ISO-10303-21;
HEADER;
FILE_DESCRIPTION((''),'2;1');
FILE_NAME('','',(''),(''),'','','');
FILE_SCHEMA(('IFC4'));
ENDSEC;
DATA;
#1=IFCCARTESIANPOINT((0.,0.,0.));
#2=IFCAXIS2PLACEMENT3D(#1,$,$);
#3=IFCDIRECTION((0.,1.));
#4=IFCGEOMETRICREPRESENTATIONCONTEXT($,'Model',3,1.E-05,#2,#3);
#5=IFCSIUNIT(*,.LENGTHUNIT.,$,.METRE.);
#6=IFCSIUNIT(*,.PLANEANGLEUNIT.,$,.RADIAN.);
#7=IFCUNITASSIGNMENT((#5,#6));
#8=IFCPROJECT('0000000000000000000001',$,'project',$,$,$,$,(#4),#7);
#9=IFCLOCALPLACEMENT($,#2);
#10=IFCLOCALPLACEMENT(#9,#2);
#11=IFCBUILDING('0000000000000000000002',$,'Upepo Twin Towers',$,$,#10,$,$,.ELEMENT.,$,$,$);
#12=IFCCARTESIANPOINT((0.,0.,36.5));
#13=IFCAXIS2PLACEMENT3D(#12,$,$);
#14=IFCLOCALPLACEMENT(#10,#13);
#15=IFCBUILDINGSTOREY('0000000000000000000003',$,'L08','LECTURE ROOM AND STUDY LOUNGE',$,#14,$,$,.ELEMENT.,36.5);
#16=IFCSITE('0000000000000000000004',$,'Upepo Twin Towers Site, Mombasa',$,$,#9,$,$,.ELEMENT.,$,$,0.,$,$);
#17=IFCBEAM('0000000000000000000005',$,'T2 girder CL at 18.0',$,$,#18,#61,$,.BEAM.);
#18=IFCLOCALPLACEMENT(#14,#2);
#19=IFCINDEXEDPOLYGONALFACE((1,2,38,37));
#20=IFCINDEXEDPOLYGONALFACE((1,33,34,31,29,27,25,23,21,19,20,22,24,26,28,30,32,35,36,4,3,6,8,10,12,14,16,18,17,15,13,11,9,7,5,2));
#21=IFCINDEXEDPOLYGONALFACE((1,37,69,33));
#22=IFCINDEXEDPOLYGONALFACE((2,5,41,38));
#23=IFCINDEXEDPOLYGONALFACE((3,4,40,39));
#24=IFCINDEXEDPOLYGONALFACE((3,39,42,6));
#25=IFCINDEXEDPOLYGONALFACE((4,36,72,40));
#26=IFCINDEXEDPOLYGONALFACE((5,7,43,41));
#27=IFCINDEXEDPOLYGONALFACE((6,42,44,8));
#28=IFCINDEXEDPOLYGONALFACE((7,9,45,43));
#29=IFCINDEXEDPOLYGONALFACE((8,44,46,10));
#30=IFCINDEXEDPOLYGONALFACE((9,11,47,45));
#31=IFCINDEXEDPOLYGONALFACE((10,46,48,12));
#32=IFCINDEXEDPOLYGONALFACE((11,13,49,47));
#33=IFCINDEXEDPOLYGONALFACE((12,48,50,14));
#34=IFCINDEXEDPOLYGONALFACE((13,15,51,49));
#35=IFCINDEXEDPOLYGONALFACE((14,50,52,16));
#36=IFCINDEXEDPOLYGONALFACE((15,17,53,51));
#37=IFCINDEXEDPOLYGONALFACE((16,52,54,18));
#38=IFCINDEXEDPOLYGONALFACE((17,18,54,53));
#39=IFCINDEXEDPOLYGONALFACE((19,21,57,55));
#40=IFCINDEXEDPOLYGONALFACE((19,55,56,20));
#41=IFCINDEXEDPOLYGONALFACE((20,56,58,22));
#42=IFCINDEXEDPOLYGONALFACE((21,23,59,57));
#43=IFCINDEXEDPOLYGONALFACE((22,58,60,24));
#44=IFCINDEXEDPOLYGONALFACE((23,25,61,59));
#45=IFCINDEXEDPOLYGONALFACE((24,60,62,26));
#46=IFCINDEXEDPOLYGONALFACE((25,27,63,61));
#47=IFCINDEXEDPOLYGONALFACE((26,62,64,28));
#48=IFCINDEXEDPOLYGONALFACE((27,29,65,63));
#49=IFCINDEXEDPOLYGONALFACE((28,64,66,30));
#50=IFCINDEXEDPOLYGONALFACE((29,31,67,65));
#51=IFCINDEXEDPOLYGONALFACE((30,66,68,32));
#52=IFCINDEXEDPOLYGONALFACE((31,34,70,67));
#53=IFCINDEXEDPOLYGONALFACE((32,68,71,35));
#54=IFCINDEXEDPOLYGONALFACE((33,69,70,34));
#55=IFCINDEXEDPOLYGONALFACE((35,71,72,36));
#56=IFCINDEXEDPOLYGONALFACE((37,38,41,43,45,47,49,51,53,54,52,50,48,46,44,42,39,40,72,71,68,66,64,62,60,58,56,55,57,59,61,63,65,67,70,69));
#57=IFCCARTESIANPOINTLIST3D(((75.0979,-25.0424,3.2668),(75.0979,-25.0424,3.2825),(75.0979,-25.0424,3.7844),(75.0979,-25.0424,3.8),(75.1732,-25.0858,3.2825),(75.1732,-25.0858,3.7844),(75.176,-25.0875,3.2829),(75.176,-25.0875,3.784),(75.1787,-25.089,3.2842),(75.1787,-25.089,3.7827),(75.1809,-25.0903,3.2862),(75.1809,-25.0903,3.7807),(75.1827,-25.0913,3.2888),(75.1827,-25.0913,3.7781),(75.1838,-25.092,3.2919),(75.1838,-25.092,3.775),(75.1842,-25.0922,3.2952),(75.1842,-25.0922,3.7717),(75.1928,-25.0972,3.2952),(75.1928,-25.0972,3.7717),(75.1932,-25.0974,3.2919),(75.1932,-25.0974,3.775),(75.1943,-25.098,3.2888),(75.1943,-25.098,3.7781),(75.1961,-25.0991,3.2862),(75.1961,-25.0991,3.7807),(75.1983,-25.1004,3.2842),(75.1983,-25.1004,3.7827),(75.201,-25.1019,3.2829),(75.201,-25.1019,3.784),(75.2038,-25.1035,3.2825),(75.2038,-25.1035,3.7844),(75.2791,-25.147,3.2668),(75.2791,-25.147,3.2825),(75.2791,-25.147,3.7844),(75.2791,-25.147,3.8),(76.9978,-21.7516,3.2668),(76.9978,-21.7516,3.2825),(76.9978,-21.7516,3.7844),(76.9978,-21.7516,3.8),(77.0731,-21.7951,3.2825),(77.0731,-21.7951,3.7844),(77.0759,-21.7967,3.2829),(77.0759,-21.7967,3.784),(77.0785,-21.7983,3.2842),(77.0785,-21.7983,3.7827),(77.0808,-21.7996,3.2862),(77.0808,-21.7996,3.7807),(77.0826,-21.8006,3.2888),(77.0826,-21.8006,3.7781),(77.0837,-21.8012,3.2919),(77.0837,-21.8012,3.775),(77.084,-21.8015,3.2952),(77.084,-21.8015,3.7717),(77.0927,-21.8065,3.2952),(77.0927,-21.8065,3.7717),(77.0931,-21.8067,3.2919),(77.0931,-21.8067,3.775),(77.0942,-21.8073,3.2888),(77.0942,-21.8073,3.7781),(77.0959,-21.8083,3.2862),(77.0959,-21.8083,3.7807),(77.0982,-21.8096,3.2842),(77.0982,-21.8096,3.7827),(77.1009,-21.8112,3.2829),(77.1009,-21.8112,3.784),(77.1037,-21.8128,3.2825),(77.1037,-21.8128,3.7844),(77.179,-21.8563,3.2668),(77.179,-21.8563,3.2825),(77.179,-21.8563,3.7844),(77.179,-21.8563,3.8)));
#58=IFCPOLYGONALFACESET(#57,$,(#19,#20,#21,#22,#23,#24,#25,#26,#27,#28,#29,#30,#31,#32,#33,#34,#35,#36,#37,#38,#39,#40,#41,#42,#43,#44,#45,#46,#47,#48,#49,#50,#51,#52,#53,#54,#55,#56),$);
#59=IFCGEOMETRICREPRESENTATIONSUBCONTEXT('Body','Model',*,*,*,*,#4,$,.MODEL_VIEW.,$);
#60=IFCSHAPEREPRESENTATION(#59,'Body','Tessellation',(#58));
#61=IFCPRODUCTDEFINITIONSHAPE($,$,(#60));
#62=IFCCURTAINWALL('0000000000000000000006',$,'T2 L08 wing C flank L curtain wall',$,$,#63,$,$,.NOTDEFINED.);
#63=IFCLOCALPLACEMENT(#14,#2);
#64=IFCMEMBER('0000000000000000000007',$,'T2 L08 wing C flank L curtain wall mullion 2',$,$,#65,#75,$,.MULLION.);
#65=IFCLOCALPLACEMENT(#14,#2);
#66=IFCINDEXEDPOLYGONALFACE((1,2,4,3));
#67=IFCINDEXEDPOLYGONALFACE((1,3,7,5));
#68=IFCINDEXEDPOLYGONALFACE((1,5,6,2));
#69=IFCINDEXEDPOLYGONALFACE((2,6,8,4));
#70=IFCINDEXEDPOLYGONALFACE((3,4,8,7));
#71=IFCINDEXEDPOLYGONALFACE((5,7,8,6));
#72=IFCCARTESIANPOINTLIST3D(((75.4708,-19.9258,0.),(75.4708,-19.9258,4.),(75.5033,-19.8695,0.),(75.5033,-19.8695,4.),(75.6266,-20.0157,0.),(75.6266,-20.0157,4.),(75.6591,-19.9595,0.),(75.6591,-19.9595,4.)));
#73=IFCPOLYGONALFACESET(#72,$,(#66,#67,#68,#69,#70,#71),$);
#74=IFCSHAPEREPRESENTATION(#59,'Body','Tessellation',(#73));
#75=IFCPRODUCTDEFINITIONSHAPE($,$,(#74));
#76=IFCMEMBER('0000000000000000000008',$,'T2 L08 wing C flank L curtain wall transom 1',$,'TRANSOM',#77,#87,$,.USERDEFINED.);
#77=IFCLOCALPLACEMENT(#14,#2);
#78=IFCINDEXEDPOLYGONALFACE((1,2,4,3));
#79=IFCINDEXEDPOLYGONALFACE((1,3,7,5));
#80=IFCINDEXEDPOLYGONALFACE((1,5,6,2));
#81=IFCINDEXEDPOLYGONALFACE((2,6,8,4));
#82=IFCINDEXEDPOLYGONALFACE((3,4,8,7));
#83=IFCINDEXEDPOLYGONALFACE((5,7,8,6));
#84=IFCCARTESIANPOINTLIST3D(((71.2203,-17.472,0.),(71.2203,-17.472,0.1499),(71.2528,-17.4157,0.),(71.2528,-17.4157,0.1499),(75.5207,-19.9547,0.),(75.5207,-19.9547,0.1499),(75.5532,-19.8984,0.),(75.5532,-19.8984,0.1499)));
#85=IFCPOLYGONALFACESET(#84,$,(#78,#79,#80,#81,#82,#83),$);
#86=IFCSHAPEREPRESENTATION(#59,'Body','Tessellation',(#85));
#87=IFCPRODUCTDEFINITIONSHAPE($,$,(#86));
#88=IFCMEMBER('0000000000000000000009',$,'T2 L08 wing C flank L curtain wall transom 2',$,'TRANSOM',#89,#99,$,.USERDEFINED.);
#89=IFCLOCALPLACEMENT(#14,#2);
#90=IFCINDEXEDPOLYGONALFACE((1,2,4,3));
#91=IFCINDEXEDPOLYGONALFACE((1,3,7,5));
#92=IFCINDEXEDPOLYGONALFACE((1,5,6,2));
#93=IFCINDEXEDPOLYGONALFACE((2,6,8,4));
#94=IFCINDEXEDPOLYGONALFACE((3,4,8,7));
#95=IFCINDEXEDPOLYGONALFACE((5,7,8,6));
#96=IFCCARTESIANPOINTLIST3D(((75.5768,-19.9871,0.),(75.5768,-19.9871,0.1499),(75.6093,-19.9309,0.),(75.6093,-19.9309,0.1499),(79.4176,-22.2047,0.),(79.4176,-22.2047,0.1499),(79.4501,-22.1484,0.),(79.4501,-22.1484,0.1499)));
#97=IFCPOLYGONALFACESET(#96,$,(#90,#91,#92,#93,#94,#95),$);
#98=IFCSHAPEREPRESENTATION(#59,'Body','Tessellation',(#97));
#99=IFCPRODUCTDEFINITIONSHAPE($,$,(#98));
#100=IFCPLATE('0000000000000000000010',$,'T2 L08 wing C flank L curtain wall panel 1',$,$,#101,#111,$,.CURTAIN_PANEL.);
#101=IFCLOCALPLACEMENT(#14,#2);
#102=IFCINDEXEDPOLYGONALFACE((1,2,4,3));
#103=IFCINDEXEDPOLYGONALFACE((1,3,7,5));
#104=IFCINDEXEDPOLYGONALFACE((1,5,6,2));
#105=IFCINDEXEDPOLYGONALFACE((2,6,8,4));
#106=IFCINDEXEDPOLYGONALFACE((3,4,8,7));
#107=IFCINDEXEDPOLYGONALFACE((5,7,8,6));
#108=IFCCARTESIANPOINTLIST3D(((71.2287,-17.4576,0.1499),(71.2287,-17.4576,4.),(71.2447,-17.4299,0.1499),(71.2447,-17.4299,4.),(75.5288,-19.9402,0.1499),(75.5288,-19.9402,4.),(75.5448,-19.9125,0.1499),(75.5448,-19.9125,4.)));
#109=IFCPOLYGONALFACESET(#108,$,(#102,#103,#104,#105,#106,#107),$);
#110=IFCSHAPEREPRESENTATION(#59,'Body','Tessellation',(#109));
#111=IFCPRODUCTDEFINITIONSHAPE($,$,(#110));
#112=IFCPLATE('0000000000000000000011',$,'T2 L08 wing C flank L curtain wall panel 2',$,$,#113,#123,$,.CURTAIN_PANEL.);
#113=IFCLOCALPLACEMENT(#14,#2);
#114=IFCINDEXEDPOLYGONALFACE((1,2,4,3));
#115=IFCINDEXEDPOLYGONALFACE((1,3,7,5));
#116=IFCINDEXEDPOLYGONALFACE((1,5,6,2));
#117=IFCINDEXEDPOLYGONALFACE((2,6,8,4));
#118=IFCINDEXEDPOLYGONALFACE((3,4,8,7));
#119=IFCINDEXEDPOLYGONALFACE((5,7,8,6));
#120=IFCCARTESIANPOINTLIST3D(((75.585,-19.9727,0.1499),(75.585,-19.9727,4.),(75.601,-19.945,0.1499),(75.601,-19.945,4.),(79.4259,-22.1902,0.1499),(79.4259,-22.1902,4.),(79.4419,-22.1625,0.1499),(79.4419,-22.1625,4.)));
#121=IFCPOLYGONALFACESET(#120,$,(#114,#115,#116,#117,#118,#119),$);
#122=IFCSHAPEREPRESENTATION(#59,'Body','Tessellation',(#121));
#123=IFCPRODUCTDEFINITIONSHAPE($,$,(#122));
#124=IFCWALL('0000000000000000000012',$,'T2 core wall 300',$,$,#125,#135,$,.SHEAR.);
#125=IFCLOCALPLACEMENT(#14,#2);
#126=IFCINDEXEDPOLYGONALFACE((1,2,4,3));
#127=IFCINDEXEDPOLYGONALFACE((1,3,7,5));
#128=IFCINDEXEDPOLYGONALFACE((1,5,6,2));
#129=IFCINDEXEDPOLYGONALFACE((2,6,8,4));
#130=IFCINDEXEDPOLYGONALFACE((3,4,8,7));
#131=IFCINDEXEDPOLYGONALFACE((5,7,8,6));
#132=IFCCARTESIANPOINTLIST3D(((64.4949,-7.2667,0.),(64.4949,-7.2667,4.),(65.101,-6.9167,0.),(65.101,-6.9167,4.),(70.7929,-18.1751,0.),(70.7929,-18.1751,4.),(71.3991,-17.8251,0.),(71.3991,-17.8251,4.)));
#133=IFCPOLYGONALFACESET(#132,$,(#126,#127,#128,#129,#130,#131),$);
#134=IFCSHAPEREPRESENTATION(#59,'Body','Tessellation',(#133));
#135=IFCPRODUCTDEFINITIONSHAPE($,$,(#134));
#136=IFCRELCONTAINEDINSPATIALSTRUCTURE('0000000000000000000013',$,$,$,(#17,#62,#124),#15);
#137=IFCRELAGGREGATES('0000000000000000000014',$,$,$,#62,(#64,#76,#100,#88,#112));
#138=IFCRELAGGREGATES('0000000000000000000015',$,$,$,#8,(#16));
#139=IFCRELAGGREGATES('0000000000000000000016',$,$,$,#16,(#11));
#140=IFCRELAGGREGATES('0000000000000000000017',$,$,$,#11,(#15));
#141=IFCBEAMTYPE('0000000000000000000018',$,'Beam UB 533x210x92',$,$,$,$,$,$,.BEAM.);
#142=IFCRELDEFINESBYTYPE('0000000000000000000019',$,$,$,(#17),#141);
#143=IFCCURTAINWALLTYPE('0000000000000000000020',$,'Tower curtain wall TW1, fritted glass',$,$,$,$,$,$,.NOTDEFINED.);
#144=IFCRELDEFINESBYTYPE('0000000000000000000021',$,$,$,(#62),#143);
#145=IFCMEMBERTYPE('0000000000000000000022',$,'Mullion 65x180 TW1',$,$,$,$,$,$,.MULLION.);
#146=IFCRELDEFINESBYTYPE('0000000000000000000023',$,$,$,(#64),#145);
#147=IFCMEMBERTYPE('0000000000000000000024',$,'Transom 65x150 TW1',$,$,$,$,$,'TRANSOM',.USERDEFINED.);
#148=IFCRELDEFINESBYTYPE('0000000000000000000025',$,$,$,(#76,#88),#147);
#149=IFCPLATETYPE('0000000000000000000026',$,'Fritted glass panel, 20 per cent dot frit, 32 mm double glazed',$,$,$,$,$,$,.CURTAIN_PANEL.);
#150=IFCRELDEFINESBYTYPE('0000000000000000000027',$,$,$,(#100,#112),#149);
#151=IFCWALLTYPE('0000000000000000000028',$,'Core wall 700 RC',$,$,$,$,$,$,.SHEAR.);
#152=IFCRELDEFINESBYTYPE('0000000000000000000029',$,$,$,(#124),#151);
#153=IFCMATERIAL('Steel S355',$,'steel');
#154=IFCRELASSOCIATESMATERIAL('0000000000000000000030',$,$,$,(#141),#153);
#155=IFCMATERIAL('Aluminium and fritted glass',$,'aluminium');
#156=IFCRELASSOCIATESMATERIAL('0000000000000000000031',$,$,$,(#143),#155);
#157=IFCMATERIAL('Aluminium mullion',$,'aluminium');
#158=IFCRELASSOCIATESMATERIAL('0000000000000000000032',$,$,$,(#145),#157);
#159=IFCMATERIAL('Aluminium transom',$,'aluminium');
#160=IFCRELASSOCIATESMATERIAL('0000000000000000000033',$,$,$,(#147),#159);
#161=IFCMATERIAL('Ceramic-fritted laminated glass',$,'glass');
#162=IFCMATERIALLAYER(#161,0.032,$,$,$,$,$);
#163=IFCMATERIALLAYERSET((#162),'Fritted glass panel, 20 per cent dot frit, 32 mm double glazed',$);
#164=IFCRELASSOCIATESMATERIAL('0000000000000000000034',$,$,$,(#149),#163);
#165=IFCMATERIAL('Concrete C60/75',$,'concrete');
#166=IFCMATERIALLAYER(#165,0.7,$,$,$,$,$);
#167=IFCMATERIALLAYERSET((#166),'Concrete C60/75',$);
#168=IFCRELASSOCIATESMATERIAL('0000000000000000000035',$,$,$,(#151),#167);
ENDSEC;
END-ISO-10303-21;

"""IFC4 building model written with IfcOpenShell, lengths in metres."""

from ifc_helpers import new_model, si_unit, direction, frame, frame_2d, origin, origin_2d, place, context, subcontext, project, spatial, rectangle, i_section, extrude, material, layer, layer_set, material_profile, profile_set, type_object, element, aggregate, save


model = new_model("IFC4")

# Units and contexts
model_context = context("Model", 3, precision=1e-05, world=origin(), true_north=direction((0.0, 1.0)))
body_context = subcontext(model_context, "Body", "Model", "MODEL_VIEW")
ifc_project = project(units=[si_unit("LENGTHUNIT", "METRE"), si_unit("PLANEANGLEUNIT", "RADIAN")], contexts=[model_context])

# Site, building, storey
site_placement = place(None, origin())
site = spatial("IfcSite", under=ifc_project, at=site_placement, Name="Upepo Twin Towers Site, Mombasa", CompositionType="ELEMENT", RefElevation=0.0)
building_placement = place(site_placement, origin())
building = spatial("IfcBuilding", under=site, at=building_placement, Name="Upepo Twin Towers", CompositionType="ELEMENT")
storey_placement = place(building_placement, frame((0.0, 0.0, 36.5)))
storey = spatial("IfcBuildingStorey", under=building, at=storey_placement, Name="L08", Description="LECTURE ROOM AND STUDY LOUNGE", CompositionType="ELEMENT", Elevation=36.5)

# Beam
ifc_material_1 = material(Name="Steel S355", Category="steel")
ifc_material_profile_1 = material_profile(ifc_material_1, i_section(OverallWidth=0.2092, OverallDepth=0.5332, WebThickness=0.01, FlangeThickness=0.0156, FilletRadius=0.0127, at=origin_2d()), Name="UB 533x210x92")
ifc_profile_set_1 = profile_set([ifc_material_profile_1], Name="Steel S355")
beam_type_1 = type_object("IfcBeamType", Name="Beam UB 533x210x92", PredefinedType="BEAM", material=ifc_profile_set_1)
beam_1_placement = place(storey_placement, frame((77.0884, -21.804, 3.5334), z_axis=(-0.499995, -0.866028, 0.0), x_axis=(0.866028, -0.499995, 0.0)))
element("IfcBeam", 1, at=beam_1_placement, inside=storey, type_object=beam_type_1, Name="T2 girder CL at 18.0", PredefinedType="BEAM", context=body_context, shape_type="SweptSolid", body=[
    extrude(i_section(OverallWidth=0.2092, OverallDepth=0.5332, WebThickness=0.01, FlangeThickness=0.0156, FilletRadius=0.0127, at=origin_2d()), origin(), (0.0, 0.0, 1.0), 3.7998),
])

# Curtain wall, members, plates
ifc_material_2 = material(Name="Aluminium and fritted glass", Category="aluminium")
curtain_wall_type = type_object("IfcCurtainWallType", Name="Tower curtain wall TW1, fritted glass", PredefinedType="NOTDEFINED", material=ifc_material_2)
curtain_wall_placement = place(storey_placement, origin())
curtain_wall = element("IfcCurtainWall", 2, at=curtain_wall_placement, inside=storey, type_object=curtain_wall_type, Name="T2 L08 wing C flank L curtain wall", PredefinedType="NOTDEFINED")
ifc_material_3 = material(Name="Aluminium mullion", Category="aluminium")
ifc_material_profile_2 = material_profile(ifc_material_3, rectangle(XDim=0.0649, YDim=0.1799, at=origin_2d()), Name="MULLION 65x180")
ifc_profile_set_2 = profile_set([ifc_material_profile_2], Name="Aluminium mullion")
member_type_1 = type_object("IfcMemberType", Name="Mullion 65x180 TW1", PredefinedType="MULLION", material=ifc_profile_set_2)
member_1_placement = place(storey_placement, frame((75.5649, -19.9426, 0.0), z_axis=(0.0, 0.0, 1.0), x_axis=(0.5, 0.866025, 0.0)))
member_1 = element("IfcMember", 3, at=member_1_placement, type_object=member_type_1, Name="T2 L08 wing C flank L curtain wall mullion 2", PredefinedType="MULLION", context=body_context, shape_type="SweptSolid", body=[
    extrude(rectangle(XDim=0.0649, YDim=0.1799, at=origin_2d()), origin(), (0.0, 0.0, 1.0), 4.0),
])
ifc_material_4 = material(Name="Aluminium transom", Category="aluminium")
ifc_material_profile_3 = material_profile(ifc_material_4, rectangle(XDim=0.0649, YDim=0.1499, at=origin_2d()), Name="TRANSOM 65x150")
ifc_profile_set_3 = profile_set([ifc_material_profile_3], Name="Aluminium transom")
member_type_2 = type_object("IfcMemberType", Name="Transom 65x150 TW1", ElementType="TRANSOM", PredefinedType="USERDEFINED", material=ifc_profile_set_3)
member_2_placement = place(storey_placement, frame((71.2366, -17.4438, 0.075), z_axis=(0.866035, -0.499983, 0.0), x_axis=(0.499983, 0.866035, 0.0)))
member_2 = element("IfcMember", 4, at=member_2_placement, type_object=member_type_2, Name="T2 L08 wing C flank L curtain wall transom 1", ObjectType="TRANSOM", PredefinedType="USERDEFINED", context=body_context, shape_type="SweptSolid", body=[
    extrude(rectangle(XDim=0.0649, YDim=0.1499, at=origin_2d()), origin(), (0.0, 0.0, 1.0), 4.9656),
])
member_3_placement = place(storey_placement, frame((75.593, -19.959, 0.075), z_axis=(0.866022, -0.500005, 0.0), x_axis=(0.500005, 0.866022, 0.0)))
member_3 = element("IfcMember", 5, at=member_3_placement, type_object=member_type_2, Name="T2 L08 wing C flank L curtain wall transom 2", ObjectType="TRANSOM", PredefinedType="USERDEFINED", context=body_context, shape_type="SweptSolid", body=[
    extrude(rectangle(XDim=0.0649, YDim=0.1499, at=origin_2d()), origin(), (0.0, 0.0, 1.0), 4.4351),
])
ifc_material_5 = material(Name="Ceramic-fritted laminated glass", Category="glass")
ifc_layer_1 = layer(ifc_material_5, 0.032)
ifc_layer_set_1 = layer_set([ifc_layer_1], Name="Fritted glass panel, 20 per cent dot frit, 32 mm double glazed")
plate_type = type_object("IfcPlateType", Name="Fritted glass panel, 20 per cent dot frit, 32 mm double glazed", PredefinedType="CURTAIN_PANEL", material=ifc_layer_set_1)
plate_1_placement = place(storey_placement, frame((73.3867, -18.6851, 0.1499), z_axis=(0.0, 0.0, 1.0), x_axis=(0.866025, -0.5, 0.0)))
plate_1 = element("IfcPlate", 6, at=plate_1_placement, type_object=plate_type, Name="T2 L08 wing C flank L curtain wall panel 1", PredefinedType="CURTAIN_PANEL", context=body_context, shape_type="SweptSolid", body=[
    extrude(rectangle(XDim=4.9653, YDim=0.032, at=origin_2d()), origin(), (0.0, 0.0, 1.0), 3.8501),
])
plate_2_placement = place(storey_placement, frame((77.5134, -21.0676, 0.1499), z_axis=(0.0, 0.0, 1.0), x_axis=(0.866025, -0.5, 0.0)))
plate_2 = element("IfcPlate", 7, at=plate_2_placement, type_object=plate_type, Name="T2 L08 wing C flank L curtain wall panel 2", PredefinedType="CURTAIN_PANEL", context=body_context, shape_type="SweptSolid", body=[
    extrude(rectangle(XDim=4.4351, YDim=0.032, at=origin_2d()), origin(), (0.0, 0.0, 1.0), 3.8501),
])
aggregate(curtain_wall, [member_1, member_2, plate_1, member_3, plate_2])

# Wall
ifc_material_6 = material(Name="Concrete C60/75", Category="concrete")
ifc_layer_2 = layer(ifc_material_6, 0.7)
ifc_layer_set_2 = layer_set([ifc_layer_2], Name="Concrete C60/75")
wall_type_1 = type_object("IfcWallType", Name="Core wall 700 RC", PredefinedType="SHEAR", material=ifc_layer_set_2)
wall_1_placement = place(storey_placement, frame((71.0959, -18.0, 0.0), z_axis=(0.0, 0.0, 1.0), x_axis=(-0.500006, 0.866022, 0.0)))
element("IfcWall", 8, at=wall_1_placement, inside=storey, type_object=wall_type_1, Name="T2 core wall 300", PredefinedType="SHEAR", context=body_context, shape_type="SweptSolid", body=[
    extrude(rectangle(XDim=12.5959, YDim=0.7, at=frame_2d((6.2979, 0.0))), origin(), (0.0, 0.0, 1.0), 4.0),
])

save(model, "model.ifc")
